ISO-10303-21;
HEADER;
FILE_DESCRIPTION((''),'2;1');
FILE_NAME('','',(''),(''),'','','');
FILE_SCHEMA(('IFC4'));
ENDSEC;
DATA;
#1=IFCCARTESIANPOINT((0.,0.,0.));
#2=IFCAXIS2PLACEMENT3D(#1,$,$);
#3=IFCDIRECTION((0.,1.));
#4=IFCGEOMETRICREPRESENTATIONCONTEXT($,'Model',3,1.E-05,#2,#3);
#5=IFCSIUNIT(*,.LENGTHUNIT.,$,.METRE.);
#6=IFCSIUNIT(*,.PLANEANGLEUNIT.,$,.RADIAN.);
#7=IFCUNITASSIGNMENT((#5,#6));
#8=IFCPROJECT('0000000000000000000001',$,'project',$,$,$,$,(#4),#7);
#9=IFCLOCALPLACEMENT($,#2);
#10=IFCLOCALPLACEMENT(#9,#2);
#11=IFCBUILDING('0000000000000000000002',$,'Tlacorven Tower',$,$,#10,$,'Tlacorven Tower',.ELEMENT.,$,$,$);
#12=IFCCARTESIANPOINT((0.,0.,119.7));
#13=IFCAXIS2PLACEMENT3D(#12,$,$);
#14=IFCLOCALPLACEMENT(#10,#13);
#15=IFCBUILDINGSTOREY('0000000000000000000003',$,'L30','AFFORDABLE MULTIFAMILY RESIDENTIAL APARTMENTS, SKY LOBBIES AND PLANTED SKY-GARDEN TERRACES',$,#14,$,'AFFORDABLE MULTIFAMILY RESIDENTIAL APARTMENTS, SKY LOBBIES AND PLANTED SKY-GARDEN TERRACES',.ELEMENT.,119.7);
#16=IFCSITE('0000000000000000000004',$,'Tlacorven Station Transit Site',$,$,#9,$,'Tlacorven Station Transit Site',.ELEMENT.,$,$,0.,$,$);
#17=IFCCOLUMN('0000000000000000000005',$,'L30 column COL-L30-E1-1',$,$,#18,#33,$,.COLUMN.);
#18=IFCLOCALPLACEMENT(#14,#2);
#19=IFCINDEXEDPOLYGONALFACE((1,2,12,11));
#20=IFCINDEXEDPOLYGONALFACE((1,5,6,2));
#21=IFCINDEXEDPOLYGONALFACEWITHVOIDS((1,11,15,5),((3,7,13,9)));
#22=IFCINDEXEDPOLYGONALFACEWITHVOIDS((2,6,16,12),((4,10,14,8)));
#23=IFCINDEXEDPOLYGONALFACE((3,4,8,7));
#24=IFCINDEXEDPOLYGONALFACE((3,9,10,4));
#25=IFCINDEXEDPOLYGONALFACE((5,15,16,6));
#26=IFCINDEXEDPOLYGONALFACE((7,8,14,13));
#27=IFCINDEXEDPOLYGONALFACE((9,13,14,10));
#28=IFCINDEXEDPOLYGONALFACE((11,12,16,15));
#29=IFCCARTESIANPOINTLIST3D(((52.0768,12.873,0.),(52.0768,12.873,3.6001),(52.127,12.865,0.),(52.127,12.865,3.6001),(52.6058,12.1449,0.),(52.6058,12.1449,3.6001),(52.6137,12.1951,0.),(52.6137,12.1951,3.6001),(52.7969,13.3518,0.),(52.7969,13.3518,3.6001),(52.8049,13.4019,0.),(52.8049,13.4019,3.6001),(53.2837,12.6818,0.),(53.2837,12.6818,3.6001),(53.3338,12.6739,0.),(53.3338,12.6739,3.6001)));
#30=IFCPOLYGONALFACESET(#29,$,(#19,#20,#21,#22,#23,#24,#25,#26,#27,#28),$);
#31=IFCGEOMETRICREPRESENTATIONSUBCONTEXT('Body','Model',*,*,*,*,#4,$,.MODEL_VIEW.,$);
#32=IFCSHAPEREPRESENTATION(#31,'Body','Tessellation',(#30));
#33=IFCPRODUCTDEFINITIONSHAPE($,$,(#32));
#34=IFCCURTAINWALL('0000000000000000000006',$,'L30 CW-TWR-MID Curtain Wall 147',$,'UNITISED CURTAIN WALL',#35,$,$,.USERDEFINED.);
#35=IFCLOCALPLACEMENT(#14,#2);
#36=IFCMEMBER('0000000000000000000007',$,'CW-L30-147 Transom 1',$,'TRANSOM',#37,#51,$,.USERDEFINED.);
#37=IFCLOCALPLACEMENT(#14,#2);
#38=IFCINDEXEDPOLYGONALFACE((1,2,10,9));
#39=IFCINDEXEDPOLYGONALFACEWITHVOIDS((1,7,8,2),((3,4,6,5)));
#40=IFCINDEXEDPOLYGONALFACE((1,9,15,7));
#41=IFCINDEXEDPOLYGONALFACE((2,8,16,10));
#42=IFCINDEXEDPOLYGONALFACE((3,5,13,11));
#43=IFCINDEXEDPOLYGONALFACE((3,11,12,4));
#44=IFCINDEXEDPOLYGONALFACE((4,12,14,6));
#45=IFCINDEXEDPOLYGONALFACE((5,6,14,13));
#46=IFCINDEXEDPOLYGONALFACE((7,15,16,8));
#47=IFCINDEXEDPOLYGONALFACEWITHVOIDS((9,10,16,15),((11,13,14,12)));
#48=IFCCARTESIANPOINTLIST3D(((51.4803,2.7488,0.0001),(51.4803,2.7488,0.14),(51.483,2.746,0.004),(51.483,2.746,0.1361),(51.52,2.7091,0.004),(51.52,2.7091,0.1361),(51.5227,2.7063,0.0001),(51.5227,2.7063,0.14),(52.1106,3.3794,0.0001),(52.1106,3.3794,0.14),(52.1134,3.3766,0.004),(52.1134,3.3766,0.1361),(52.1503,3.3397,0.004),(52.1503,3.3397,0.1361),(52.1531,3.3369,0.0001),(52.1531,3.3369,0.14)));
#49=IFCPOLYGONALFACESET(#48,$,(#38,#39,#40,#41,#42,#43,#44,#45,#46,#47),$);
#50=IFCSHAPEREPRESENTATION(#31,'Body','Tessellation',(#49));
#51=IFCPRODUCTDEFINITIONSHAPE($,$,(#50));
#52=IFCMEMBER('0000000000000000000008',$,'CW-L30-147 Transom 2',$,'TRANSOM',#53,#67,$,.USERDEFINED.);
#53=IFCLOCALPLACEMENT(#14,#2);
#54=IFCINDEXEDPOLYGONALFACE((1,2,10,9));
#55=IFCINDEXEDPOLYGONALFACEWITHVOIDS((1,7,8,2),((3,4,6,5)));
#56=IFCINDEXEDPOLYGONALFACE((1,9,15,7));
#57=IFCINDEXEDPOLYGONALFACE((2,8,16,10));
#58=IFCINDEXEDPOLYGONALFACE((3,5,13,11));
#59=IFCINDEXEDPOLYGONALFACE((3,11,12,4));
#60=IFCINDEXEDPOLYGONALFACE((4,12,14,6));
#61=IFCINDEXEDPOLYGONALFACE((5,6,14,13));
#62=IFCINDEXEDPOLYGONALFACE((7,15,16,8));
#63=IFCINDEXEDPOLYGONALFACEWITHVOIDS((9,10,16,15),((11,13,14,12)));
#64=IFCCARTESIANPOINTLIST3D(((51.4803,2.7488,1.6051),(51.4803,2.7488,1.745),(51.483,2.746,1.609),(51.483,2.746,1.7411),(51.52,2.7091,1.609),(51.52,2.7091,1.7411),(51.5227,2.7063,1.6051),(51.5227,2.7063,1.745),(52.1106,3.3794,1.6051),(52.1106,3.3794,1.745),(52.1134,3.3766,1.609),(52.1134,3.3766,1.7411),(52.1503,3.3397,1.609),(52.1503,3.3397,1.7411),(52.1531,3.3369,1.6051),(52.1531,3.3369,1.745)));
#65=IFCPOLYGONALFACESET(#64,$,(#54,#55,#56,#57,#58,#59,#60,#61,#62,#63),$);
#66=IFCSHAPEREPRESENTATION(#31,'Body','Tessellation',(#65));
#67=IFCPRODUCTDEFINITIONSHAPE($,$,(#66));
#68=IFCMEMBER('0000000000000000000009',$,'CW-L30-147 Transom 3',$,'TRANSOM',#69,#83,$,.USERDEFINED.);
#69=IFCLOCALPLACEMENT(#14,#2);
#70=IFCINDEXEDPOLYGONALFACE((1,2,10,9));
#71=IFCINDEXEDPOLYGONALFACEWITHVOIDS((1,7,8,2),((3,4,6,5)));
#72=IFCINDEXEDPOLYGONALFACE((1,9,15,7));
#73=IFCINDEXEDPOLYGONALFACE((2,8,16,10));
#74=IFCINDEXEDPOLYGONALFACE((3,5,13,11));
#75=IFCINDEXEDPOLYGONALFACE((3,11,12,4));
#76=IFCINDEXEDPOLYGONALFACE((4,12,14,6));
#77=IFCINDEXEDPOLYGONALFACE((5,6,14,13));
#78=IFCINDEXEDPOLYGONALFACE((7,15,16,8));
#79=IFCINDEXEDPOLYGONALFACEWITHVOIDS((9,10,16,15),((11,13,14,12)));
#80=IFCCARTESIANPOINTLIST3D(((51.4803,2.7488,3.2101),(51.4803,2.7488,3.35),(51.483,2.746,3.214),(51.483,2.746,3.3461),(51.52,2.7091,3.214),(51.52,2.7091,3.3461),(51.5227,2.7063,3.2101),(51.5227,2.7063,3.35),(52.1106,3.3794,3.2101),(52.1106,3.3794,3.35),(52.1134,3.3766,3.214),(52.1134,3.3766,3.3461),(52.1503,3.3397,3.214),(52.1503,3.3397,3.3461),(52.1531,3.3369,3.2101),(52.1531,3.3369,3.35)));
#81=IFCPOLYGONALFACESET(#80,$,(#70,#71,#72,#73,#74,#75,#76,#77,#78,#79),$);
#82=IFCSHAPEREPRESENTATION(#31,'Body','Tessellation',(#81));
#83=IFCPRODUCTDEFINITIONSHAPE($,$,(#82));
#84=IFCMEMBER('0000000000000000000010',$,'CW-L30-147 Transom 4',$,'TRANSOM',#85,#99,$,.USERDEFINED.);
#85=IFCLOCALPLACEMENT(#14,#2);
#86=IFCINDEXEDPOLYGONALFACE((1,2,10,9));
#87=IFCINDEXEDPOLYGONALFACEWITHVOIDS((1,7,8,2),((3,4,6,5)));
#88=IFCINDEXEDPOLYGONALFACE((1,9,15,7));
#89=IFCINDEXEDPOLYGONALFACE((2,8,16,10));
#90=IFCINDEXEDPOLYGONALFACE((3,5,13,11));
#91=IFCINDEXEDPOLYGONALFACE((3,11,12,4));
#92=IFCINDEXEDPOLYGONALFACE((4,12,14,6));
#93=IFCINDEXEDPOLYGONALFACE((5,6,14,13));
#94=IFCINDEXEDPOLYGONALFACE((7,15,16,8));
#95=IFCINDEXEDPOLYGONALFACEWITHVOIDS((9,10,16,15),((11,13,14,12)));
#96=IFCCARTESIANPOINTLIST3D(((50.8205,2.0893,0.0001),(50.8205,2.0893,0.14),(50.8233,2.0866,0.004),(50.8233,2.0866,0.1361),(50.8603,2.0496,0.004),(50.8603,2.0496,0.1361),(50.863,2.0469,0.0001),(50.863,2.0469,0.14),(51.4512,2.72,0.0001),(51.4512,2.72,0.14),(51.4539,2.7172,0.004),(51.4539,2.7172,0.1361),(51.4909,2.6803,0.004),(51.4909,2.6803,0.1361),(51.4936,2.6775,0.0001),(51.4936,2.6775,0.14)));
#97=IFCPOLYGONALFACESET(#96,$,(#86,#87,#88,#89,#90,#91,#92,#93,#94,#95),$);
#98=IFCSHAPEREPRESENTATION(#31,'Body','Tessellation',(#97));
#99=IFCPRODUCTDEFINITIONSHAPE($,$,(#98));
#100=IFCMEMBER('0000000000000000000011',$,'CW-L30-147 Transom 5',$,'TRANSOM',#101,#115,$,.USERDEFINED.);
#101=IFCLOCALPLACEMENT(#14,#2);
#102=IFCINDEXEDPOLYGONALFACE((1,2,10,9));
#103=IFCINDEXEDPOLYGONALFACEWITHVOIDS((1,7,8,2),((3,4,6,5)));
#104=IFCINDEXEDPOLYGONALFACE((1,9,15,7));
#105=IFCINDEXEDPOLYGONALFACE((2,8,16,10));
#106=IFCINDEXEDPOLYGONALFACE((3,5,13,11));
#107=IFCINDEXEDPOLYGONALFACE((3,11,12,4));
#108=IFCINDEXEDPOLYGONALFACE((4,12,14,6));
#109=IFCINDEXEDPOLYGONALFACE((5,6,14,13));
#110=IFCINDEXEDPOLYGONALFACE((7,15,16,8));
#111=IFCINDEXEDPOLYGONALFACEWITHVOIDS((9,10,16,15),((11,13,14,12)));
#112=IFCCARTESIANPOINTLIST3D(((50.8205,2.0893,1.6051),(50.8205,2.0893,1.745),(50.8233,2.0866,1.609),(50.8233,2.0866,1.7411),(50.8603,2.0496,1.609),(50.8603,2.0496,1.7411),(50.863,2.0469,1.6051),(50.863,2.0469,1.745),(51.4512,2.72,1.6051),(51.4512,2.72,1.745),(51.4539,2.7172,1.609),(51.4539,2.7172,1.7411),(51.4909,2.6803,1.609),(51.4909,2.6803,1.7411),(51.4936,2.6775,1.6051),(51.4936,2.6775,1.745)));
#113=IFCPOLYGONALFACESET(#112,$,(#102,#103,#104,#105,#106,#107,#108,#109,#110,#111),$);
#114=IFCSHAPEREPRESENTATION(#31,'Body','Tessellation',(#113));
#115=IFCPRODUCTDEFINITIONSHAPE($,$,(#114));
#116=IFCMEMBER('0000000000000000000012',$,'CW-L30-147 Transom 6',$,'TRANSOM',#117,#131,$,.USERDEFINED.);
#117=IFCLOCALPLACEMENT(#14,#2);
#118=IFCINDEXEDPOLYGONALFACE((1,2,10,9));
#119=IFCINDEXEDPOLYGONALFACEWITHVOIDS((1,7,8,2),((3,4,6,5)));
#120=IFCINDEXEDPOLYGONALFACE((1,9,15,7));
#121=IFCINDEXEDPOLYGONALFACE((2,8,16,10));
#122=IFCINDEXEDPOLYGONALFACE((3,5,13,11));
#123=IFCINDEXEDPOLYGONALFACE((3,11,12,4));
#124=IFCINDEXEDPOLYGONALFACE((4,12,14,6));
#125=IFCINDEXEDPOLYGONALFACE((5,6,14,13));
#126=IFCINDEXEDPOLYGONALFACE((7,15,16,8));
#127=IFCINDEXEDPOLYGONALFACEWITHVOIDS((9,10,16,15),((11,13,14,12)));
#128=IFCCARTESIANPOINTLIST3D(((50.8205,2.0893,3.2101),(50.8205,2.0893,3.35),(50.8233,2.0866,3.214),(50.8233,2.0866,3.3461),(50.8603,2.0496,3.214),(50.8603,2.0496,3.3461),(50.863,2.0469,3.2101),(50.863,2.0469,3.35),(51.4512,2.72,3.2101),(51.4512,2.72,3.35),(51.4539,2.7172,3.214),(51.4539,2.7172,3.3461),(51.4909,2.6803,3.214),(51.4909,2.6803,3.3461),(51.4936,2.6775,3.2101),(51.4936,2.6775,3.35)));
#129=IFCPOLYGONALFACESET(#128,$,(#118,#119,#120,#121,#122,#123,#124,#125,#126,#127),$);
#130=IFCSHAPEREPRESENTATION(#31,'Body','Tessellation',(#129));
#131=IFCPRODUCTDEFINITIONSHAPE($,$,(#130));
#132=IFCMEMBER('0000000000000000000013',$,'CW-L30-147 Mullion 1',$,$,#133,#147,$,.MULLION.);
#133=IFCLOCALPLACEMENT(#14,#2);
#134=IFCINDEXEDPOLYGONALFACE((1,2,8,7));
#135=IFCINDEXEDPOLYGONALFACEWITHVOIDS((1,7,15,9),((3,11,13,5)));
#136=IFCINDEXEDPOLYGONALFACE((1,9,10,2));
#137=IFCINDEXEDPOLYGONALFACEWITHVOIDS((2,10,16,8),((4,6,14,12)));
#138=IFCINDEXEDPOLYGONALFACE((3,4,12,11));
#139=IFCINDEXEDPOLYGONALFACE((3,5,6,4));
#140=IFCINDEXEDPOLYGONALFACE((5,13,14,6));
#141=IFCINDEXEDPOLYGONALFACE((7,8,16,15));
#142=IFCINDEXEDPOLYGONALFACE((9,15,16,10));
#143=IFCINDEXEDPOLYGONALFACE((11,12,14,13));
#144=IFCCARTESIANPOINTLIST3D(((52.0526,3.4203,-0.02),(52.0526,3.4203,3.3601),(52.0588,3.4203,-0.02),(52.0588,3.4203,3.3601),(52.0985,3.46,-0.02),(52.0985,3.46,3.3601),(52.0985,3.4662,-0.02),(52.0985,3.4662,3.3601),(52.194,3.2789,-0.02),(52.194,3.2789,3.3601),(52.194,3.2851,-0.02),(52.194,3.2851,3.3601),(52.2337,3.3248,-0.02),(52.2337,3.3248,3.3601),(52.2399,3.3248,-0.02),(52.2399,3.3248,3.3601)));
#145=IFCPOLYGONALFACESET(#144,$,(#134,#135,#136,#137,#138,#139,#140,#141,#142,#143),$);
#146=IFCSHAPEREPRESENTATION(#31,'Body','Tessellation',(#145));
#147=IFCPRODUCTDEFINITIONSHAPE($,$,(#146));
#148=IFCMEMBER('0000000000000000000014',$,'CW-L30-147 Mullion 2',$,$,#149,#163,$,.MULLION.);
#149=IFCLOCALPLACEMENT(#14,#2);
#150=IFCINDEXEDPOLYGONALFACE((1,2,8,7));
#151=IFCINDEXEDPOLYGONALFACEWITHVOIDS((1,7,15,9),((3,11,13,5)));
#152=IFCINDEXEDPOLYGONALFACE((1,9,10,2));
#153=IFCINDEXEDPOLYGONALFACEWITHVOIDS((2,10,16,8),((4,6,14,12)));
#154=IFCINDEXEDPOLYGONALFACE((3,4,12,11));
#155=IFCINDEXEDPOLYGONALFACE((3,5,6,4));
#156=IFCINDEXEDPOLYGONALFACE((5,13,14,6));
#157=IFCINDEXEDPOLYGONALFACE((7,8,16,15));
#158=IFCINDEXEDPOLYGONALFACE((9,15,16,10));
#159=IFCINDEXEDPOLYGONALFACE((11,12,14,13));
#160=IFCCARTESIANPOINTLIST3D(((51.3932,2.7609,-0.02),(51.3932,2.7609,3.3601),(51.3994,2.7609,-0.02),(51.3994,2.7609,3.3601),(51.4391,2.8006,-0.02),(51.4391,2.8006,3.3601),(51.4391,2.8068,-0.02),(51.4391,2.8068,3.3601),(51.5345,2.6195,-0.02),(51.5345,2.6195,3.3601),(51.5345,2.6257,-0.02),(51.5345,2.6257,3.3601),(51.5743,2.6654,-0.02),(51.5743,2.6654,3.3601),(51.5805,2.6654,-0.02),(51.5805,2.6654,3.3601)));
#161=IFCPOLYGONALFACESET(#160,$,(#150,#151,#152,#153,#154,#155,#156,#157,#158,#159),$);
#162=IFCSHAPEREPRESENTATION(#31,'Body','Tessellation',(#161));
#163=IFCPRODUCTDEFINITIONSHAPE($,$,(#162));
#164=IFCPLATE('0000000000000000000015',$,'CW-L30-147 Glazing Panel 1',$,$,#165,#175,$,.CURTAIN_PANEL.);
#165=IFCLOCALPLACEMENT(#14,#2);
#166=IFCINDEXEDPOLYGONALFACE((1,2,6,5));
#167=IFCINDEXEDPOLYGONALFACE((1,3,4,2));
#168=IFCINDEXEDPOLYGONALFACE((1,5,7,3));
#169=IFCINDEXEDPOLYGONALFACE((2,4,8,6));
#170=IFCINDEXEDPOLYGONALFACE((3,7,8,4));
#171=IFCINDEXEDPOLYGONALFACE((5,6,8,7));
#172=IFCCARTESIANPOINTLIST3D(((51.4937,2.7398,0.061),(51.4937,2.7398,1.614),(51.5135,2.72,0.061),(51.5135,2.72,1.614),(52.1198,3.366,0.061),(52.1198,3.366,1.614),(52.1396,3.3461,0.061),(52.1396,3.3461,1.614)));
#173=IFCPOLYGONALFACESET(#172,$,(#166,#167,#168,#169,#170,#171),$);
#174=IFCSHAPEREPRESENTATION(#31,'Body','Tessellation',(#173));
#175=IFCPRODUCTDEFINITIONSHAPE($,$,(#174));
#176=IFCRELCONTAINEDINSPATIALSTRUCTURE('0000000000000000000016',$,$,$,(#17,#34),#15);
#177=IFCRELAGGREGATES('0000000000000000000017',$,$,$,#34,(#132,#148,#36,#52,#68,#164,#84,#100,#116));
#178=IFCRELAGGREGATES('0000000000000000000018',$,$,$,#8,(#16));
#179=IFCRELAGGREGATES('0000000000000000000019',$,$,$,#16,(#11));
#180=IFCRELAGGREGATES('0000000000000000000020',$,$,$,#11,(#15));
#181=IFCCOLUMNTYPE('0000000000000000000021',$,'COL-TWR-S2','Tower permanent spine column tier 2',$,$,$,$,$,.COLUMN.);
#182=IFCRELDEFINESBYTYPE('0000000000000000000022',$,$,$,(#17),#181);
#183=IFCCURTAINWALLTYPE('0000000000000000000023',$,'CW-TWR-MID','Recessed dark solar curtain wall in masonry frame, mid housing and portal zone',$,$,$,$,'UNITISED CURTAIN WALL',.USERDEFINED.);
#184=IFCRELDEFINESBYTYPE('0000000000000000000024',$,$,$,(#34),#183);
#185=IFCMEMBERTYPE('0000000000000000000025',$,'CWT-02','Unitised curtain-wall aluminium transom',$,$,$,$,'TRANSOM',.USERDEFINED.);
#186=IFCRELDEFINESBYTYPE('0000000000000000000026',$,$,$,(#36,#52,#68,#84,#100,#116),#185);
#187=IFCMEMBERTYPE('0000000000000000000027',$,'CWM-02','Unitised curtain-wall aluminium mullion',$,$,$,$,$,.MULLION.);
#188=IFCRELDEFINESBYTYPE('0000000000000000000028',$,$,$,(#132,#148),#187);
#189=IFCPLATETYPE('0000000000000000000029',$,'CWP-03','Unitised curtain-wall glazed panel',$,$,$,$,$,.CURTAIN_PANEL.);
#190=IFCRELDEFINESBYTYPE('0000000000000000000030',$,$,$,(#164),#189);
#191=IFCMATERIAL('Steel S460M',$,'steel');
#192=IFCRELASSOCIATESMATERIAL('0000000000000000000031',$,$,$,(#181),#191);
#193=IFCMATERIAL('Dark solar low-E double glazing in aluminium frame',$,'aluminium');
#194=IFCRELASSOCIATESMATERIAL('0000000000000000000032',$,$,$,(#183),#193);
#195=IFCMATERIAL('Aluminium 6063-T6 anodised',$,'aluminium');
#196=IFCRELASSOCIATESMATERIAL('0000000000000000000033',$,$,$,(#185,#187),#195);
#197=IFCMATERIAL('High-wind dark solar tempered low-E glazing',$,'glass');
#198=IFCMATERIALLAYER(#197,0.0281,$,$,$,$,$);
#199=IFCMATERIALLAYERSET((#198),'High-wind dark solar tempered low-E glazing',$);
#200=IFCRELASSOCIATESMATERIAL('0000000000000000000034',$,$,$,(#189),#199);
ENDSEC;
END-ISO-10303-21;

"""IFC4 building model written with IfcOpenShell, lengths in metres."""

from ifc_helpers import new_model, si_unit, direction, frame, origin, origin_2d, place, context, subcontext, project, spatial, rectangle, hollow_rectangle, extrude, source, transform, mapped, material, layer, layer_set, material_profile, profile_set, type_object, element, aggregate, save


model = new_model("IFC4")

# Units and contexts
model_context = context("Model", 3, precision=1e-05, world=origin(), true_north=direction((0.0, 1.0)))
body_context = subcontext(model_context, "Body", "Model", "MODEL_VIEW")
ifc_project = project(units=[si_unit("LENGTHUNIT", "METRE"), si_unit("PLANEANGLEUNIT", "RADIAN")], contexts=[model_context])

# Site, building, storey
site_placement = place(None, origin())
site = spatial("IfcSite", under=ifc_project, at=site_placement, Name="Tlacorven Station Transit Site", LongName="Tlacorven Station Transit Site", CompositionType="ELEMENT", RefElevation=0.0)
building_placement = place(site_placement, origin())
building = spatial("IfcBuilding", under=site, at=building_placement, Name="Tlacorven Tower", LongName="Tlacorven Tower", CompositionType="ELEMENT")
storey_placement = place(building_placement, frame((0.0, 0.0, 119.7)))
storey = spatial("IfcBuildingStorey", under=building, at=storey_placement, Name="L30", Description="AFFORDABLE MULTIFAMILY RESIDENTIAL APARTMENTS, SKY LOBBIES AND PLANTED SKY-GARDEN TERRACES", LongName="AFFORDABLE MULTIFAMILY RESIDENTIAL APARTMENTS, SKY LOBBIES AND PLANTED SKY-GARDEN TERRACES", CompositionType="ELEMENT", Elevation=119.7)

# Column
ifc_material_1 = material(Name="Steel S460M", Category="steel")
ifc_material_profile_1 = material_profile(ifc_material_1, hollow_rectangle(XDim=0.8999, YDim=0.8999, WallThickness=0.0359, at=origin_2d()), Name="BOX 900X900X36")
ifc_profile_set_1 = profile_set([ifc_material_profile_1], Name="Steel S460M")
column_type = type_object("IfcColumnType", Name="COL-TWR-S2", Description="Tower permanent spine column tier 2", PredefinedType="COLUMN", material=ifc_profile_set_1)
shared_shape_1 = source(origin(), body_context, "Body", "SweptSolid", [
    extrude(hollow_rectangle(XDim=0.8999, YDim=0.8999, WallThickness=0.0359, at=origin_2d()), origin(), (0.0, 0.0, 1.0), 3.6001),
])
column_placement = place(storey_placement, frame((52.7053, 12.7734, 0.0), z_axis=(0.0, 0.0, 1.0), x_axis=(0.809017, 0.587785, 0.0)))
element("IfcColumn", 1, at=column_placement, inside=storey, type_object=column_type, Name="L30 column COL-L30-E1-1", PredefinedType="COLUMN", context=body_context, shape_type="MappedRepresentation", body=[
    mapped(shared_shape_1, transform((0.0, 0.0, 0.0), scale=1.0)),
])

# Curtain wall, members, plate
ifc_material_2 = material(Name="Dark solar low-E double glazing in aluminium frame", Category="aluminium")
curtain_wall_type = type_object("IfcCurtainWallType", Name="CW-TWR-MID", Description="Recessed dark solar curtain wall in masonry frame, mid housing and portal zone", ElementType="UNITISED CURTAIN WALL", PredefinedType="USERDEFINED", material=ifc_material_2)
curtain_wall_placement = place(storey_placement, origin())
curtain_wall = element("IfcCurtainWall", 2, at=curtain_wall_placement, inside=storey, type_object=curtain_wall_type, Name="L30 CW-TWR-MID Curtain Wall 147", ObjectType="UNITISED CURTAIN WALL", PredefinedType="USERDEFINED")
ifc_material_3 = material(Name="Aluminium 6063-T6 anodised", Category="aluminium")
ifc_material_profile_2 = material_profile(ifc_material_3, hollow_rectangle(XDim=0.0601, YDim=0.1399, WallThickness=0.0039, at=origin_2d()), Name="ALU TRANSOM 60X140")
ifc_profile_set_2 = profile_set([ifc_material_profile_2], Name="Aluminium 6063-T6 anodised")
member_type_1 = type_object("IfcMemberType", Name="CWT-02", Description="Unitised curtain-wall aluminium transom", ElementType="TRANSOM", PredefinedType="USERDEFINED", material=ifc_profile_set_2)
shared_shape_2 = source(origin(), body_context, "Body", "SweptSolid", [
    extrude(hollow_rectangle(XDim=0.0601, YDim=0.1399, WallThickness=0.0039, at=origin_2d()), origin(), (0.0, 0.0, 1.0), 0.8916),
])
member_1_placement = place(storey_placement, frame((52.1318, 3.3582, 0.0701), z_axis=(-0.70697, -0.707244, 0.0), x_axis=(0.707244, -0.70697, 0.0)))
member_1 = element("IfcMember", 3, at=member_1_placement, type_object=member_type_1, Name="CW-L30-147 Transom 1", ObjectType="TRANSOM", PredefinedType="USERDEFINED", context=body_context, shape_type="MappedRepresentation", body=[
    mapped(shared_shape_2, transform((0.0, 0.0, 0.0), scale=1.0)),
])
member_2_placement = place(storey_placement, frame((52.1318, 3.3582, 1.675), z_axis=(-0.70697, -0.707244, 0.0), x_axis=(0.707244, -0.70697, 0.0)))
member_2 = element("IfcMember", 4, at=member_2_placement, type_object=member_type_1, Name="CW-L30-147 Transom 2", ObjectType="TRANSOM", PredefinedType="USERDEFINED", context=body_context, shape_type="MappedRepresentation", body=[
    mapped(shared_shape_2, transform((0.0, 0.0, 0.0), scale=1.0)),
])
member_3_placement = place(storey_placement, frame((52.1318, 3.3582, 3.28), z_axis=(-0.70697, -0.707244, 0.0), x_axis=(0.707244, -0.70697, 0.0)))
member_3 = element("IfcMember", 5, at=member_3_placement, type_object=member_type_1, Name="CW-L30-147 Transom 3", ObjectType="TRANSOM", PredefinedType="USERDEFINED", context=body_context, shape_type="MappedRepresentation", body=[
    mapped(shared_shape_2, transform((0.0, 0.0, 0.0), scale=1.0)),
])
shared_shape_3 = source(origin(), body_context, "Body", "SweptSolid", [
    extrude(hollow_rectangle(XDim=0.0601, YDim=0.1399, WallThickness=0.0039, at=origin_2d()), origin(), (0.0, 0.0, 1.0), 0.8918),
])
member_4_placement = place(storey_placement, frame((51.4724, 2.6987, 0.0701), z_axis=(-0.707107, -0.707107, 0.0), x_axis=(0.707107, -0.707107, 0.0)))
member_4 = element("IfcMember", 6, at=member_4_placement, type_object=member_type_1, Name="CW-L30-147 Transom 4", ObjectType="TRANSOM", PredefinedType="USERDEFINED", context=body_context, shape_type="MappedRepresentation", body=[
    mapped(shared_shape_3, transform((0.0, 0.0, 0.0), scale=1.0)),
])
member_5_placement = place(storey_placement, frame((51.4724, 2.6987, 1.675), z_axis=(-0.707107, -0.707107, 0.0), x_axis=(0.707107, -0.707107, 0.0)))
member_5 = element("IfcMember", 7, at=member_5_placement, type_object=member_type_1, Name="CW-L30-147 Transom 5", ObjectType="TRANSOM", PredefinedType="USERDEFINED", context=body_context, shape_type="MappedRepresentation", body=[
    mapped(shared_shape_3, transform((0.0, 0.0, 0.0), scale=1.0)),
])
member_6_placement = place(storey_placement, frame((51.4724, 2.6987, 3.28), z_axis=(-0.707107, -0.707107, 0.0), x_axis=(0.707107, -0.707107, 0.0)))
member_6 = element("IfcMember", 8, at=member_6_placement, type_object=member_type_1, Name="CW-L30-147 Transom 6", ObjectType="TRANSOM", PredefinedType="USERDEFINED", context=body_context, shape_type="MappedRepresentation", body=[
    mapped(shared_shape_3, transform((0.0, 0.0, 0.0), scale=1.0)),
])
ifc_material_profile_3 = material_profile(ifc_material_3, hollow_rectangle(XDim=0.0649, YDim=0.2, WallThickness=0.0044, at=origin_2d()), Name="ALU MULLION 65X200")
ifc_profile_set_3 = profile_set([ifc_material_profile_3], Name="Aluminium 6063-T6 anodised")
member_type_2 = type_object("IfcMemberType", Name="CWM-02", Description="Unitised curtain-wall aluminium mullion", PredefinedType="MULLION", material=ifc_profile_set_3)
shared_shape_4 = source(origin(), body_context, "Body", "SweptSolid", [
    extrude(hollow_rectangle(XDim=0.0649, YDim=0.2, WallThickness=0.0044, at=origin_2d()), origin(), (0.0, 0.0, 1.0), 3.3801),
])
member_7_placement = place(storey_placement, frame((52.1462, 3.3726, -0.02), z_axis=(0.0, 0.0, 1.0), x_axis=(-0.707107, -0.707107, 0.0)))
member_7 = element("IfcMember", 9, at=member_7_placement, type_object=member_type_2, Name="CW-L30-147 Mullion 1", PredefinedType="MULLION", context=body_context, shape_type="MappedRepresentation", body=[
    mapped(shared_shape_4, transform((0.0, 0.0, 0.0), scale=1.0)),
])
member_8_placement = place(storey_placement, frame((51.4868, 2.7131, -0.02), z_axis=(0.0, 0.0, 1.0), x_axis=(-0.707107, -0.707107, 0.0)))
member_8 = element("IfcMember", 10, at=member_8_placement, type_object=member_type_2, Name="CW-L30-147 Mullion 2", PredefinedType="MULLION", context=body_context, shape_type="MappedRepresentation", body=[
    mapped(shared_shape_4, transform((0.0, 0.0, 0.0), scale=1.0)),
])
ifc_material_4 = material(Name="High-wind dark solar tempered low-E glazing", Category="glass")
ifc_layer_1 = layer(ifc_material_4, 0.0281)
ifc_layer_set_1 = layer_set([ifc_layer_1], Name="High-wind dark solar tempered low-E glazing")
plate_type = type_object("IfcPlateType", Name="CWP-03", Description="Unitised curtain-wall glazed panel", PredefinedType="CURTAIN_PANEL", material=ifc_layer_set_1)
shared_shape_5 = source(origin(), body_context, "Body", "SweptSolid", [
    extrude(rectangle(XDim=0.8855, YDim=0.0281, at=origin_2d()), origin(), (0.0, 0.0, 1.0), 1.553),
])
plate_1_placement = place(storey_placement, frame((51.8167, 3.043, 0.061), z_axis=(0.0, 0.0, 1.0), x_axis=(-0.707107, -0.707107, 0.0)))
plate_1 = element("IfcPlate", 11, at=plate_1_placement, type_object=plate_type, Name="CW-L30-147 Glazing Panel 1", PredefinedType="CURTAIN_PANEL", context=body_context, shape_type="MappedRepresentation", body=[
    mapped(shared_shape_5, transform((0.0, 0.0, 0.0), scale=1.0)),
])
aggregate(curtain_wall, [member_7, member_8, member_1, member_2, member_3, plate_1, member_4, member_5, member_6])

save(model, "model.ifc")
